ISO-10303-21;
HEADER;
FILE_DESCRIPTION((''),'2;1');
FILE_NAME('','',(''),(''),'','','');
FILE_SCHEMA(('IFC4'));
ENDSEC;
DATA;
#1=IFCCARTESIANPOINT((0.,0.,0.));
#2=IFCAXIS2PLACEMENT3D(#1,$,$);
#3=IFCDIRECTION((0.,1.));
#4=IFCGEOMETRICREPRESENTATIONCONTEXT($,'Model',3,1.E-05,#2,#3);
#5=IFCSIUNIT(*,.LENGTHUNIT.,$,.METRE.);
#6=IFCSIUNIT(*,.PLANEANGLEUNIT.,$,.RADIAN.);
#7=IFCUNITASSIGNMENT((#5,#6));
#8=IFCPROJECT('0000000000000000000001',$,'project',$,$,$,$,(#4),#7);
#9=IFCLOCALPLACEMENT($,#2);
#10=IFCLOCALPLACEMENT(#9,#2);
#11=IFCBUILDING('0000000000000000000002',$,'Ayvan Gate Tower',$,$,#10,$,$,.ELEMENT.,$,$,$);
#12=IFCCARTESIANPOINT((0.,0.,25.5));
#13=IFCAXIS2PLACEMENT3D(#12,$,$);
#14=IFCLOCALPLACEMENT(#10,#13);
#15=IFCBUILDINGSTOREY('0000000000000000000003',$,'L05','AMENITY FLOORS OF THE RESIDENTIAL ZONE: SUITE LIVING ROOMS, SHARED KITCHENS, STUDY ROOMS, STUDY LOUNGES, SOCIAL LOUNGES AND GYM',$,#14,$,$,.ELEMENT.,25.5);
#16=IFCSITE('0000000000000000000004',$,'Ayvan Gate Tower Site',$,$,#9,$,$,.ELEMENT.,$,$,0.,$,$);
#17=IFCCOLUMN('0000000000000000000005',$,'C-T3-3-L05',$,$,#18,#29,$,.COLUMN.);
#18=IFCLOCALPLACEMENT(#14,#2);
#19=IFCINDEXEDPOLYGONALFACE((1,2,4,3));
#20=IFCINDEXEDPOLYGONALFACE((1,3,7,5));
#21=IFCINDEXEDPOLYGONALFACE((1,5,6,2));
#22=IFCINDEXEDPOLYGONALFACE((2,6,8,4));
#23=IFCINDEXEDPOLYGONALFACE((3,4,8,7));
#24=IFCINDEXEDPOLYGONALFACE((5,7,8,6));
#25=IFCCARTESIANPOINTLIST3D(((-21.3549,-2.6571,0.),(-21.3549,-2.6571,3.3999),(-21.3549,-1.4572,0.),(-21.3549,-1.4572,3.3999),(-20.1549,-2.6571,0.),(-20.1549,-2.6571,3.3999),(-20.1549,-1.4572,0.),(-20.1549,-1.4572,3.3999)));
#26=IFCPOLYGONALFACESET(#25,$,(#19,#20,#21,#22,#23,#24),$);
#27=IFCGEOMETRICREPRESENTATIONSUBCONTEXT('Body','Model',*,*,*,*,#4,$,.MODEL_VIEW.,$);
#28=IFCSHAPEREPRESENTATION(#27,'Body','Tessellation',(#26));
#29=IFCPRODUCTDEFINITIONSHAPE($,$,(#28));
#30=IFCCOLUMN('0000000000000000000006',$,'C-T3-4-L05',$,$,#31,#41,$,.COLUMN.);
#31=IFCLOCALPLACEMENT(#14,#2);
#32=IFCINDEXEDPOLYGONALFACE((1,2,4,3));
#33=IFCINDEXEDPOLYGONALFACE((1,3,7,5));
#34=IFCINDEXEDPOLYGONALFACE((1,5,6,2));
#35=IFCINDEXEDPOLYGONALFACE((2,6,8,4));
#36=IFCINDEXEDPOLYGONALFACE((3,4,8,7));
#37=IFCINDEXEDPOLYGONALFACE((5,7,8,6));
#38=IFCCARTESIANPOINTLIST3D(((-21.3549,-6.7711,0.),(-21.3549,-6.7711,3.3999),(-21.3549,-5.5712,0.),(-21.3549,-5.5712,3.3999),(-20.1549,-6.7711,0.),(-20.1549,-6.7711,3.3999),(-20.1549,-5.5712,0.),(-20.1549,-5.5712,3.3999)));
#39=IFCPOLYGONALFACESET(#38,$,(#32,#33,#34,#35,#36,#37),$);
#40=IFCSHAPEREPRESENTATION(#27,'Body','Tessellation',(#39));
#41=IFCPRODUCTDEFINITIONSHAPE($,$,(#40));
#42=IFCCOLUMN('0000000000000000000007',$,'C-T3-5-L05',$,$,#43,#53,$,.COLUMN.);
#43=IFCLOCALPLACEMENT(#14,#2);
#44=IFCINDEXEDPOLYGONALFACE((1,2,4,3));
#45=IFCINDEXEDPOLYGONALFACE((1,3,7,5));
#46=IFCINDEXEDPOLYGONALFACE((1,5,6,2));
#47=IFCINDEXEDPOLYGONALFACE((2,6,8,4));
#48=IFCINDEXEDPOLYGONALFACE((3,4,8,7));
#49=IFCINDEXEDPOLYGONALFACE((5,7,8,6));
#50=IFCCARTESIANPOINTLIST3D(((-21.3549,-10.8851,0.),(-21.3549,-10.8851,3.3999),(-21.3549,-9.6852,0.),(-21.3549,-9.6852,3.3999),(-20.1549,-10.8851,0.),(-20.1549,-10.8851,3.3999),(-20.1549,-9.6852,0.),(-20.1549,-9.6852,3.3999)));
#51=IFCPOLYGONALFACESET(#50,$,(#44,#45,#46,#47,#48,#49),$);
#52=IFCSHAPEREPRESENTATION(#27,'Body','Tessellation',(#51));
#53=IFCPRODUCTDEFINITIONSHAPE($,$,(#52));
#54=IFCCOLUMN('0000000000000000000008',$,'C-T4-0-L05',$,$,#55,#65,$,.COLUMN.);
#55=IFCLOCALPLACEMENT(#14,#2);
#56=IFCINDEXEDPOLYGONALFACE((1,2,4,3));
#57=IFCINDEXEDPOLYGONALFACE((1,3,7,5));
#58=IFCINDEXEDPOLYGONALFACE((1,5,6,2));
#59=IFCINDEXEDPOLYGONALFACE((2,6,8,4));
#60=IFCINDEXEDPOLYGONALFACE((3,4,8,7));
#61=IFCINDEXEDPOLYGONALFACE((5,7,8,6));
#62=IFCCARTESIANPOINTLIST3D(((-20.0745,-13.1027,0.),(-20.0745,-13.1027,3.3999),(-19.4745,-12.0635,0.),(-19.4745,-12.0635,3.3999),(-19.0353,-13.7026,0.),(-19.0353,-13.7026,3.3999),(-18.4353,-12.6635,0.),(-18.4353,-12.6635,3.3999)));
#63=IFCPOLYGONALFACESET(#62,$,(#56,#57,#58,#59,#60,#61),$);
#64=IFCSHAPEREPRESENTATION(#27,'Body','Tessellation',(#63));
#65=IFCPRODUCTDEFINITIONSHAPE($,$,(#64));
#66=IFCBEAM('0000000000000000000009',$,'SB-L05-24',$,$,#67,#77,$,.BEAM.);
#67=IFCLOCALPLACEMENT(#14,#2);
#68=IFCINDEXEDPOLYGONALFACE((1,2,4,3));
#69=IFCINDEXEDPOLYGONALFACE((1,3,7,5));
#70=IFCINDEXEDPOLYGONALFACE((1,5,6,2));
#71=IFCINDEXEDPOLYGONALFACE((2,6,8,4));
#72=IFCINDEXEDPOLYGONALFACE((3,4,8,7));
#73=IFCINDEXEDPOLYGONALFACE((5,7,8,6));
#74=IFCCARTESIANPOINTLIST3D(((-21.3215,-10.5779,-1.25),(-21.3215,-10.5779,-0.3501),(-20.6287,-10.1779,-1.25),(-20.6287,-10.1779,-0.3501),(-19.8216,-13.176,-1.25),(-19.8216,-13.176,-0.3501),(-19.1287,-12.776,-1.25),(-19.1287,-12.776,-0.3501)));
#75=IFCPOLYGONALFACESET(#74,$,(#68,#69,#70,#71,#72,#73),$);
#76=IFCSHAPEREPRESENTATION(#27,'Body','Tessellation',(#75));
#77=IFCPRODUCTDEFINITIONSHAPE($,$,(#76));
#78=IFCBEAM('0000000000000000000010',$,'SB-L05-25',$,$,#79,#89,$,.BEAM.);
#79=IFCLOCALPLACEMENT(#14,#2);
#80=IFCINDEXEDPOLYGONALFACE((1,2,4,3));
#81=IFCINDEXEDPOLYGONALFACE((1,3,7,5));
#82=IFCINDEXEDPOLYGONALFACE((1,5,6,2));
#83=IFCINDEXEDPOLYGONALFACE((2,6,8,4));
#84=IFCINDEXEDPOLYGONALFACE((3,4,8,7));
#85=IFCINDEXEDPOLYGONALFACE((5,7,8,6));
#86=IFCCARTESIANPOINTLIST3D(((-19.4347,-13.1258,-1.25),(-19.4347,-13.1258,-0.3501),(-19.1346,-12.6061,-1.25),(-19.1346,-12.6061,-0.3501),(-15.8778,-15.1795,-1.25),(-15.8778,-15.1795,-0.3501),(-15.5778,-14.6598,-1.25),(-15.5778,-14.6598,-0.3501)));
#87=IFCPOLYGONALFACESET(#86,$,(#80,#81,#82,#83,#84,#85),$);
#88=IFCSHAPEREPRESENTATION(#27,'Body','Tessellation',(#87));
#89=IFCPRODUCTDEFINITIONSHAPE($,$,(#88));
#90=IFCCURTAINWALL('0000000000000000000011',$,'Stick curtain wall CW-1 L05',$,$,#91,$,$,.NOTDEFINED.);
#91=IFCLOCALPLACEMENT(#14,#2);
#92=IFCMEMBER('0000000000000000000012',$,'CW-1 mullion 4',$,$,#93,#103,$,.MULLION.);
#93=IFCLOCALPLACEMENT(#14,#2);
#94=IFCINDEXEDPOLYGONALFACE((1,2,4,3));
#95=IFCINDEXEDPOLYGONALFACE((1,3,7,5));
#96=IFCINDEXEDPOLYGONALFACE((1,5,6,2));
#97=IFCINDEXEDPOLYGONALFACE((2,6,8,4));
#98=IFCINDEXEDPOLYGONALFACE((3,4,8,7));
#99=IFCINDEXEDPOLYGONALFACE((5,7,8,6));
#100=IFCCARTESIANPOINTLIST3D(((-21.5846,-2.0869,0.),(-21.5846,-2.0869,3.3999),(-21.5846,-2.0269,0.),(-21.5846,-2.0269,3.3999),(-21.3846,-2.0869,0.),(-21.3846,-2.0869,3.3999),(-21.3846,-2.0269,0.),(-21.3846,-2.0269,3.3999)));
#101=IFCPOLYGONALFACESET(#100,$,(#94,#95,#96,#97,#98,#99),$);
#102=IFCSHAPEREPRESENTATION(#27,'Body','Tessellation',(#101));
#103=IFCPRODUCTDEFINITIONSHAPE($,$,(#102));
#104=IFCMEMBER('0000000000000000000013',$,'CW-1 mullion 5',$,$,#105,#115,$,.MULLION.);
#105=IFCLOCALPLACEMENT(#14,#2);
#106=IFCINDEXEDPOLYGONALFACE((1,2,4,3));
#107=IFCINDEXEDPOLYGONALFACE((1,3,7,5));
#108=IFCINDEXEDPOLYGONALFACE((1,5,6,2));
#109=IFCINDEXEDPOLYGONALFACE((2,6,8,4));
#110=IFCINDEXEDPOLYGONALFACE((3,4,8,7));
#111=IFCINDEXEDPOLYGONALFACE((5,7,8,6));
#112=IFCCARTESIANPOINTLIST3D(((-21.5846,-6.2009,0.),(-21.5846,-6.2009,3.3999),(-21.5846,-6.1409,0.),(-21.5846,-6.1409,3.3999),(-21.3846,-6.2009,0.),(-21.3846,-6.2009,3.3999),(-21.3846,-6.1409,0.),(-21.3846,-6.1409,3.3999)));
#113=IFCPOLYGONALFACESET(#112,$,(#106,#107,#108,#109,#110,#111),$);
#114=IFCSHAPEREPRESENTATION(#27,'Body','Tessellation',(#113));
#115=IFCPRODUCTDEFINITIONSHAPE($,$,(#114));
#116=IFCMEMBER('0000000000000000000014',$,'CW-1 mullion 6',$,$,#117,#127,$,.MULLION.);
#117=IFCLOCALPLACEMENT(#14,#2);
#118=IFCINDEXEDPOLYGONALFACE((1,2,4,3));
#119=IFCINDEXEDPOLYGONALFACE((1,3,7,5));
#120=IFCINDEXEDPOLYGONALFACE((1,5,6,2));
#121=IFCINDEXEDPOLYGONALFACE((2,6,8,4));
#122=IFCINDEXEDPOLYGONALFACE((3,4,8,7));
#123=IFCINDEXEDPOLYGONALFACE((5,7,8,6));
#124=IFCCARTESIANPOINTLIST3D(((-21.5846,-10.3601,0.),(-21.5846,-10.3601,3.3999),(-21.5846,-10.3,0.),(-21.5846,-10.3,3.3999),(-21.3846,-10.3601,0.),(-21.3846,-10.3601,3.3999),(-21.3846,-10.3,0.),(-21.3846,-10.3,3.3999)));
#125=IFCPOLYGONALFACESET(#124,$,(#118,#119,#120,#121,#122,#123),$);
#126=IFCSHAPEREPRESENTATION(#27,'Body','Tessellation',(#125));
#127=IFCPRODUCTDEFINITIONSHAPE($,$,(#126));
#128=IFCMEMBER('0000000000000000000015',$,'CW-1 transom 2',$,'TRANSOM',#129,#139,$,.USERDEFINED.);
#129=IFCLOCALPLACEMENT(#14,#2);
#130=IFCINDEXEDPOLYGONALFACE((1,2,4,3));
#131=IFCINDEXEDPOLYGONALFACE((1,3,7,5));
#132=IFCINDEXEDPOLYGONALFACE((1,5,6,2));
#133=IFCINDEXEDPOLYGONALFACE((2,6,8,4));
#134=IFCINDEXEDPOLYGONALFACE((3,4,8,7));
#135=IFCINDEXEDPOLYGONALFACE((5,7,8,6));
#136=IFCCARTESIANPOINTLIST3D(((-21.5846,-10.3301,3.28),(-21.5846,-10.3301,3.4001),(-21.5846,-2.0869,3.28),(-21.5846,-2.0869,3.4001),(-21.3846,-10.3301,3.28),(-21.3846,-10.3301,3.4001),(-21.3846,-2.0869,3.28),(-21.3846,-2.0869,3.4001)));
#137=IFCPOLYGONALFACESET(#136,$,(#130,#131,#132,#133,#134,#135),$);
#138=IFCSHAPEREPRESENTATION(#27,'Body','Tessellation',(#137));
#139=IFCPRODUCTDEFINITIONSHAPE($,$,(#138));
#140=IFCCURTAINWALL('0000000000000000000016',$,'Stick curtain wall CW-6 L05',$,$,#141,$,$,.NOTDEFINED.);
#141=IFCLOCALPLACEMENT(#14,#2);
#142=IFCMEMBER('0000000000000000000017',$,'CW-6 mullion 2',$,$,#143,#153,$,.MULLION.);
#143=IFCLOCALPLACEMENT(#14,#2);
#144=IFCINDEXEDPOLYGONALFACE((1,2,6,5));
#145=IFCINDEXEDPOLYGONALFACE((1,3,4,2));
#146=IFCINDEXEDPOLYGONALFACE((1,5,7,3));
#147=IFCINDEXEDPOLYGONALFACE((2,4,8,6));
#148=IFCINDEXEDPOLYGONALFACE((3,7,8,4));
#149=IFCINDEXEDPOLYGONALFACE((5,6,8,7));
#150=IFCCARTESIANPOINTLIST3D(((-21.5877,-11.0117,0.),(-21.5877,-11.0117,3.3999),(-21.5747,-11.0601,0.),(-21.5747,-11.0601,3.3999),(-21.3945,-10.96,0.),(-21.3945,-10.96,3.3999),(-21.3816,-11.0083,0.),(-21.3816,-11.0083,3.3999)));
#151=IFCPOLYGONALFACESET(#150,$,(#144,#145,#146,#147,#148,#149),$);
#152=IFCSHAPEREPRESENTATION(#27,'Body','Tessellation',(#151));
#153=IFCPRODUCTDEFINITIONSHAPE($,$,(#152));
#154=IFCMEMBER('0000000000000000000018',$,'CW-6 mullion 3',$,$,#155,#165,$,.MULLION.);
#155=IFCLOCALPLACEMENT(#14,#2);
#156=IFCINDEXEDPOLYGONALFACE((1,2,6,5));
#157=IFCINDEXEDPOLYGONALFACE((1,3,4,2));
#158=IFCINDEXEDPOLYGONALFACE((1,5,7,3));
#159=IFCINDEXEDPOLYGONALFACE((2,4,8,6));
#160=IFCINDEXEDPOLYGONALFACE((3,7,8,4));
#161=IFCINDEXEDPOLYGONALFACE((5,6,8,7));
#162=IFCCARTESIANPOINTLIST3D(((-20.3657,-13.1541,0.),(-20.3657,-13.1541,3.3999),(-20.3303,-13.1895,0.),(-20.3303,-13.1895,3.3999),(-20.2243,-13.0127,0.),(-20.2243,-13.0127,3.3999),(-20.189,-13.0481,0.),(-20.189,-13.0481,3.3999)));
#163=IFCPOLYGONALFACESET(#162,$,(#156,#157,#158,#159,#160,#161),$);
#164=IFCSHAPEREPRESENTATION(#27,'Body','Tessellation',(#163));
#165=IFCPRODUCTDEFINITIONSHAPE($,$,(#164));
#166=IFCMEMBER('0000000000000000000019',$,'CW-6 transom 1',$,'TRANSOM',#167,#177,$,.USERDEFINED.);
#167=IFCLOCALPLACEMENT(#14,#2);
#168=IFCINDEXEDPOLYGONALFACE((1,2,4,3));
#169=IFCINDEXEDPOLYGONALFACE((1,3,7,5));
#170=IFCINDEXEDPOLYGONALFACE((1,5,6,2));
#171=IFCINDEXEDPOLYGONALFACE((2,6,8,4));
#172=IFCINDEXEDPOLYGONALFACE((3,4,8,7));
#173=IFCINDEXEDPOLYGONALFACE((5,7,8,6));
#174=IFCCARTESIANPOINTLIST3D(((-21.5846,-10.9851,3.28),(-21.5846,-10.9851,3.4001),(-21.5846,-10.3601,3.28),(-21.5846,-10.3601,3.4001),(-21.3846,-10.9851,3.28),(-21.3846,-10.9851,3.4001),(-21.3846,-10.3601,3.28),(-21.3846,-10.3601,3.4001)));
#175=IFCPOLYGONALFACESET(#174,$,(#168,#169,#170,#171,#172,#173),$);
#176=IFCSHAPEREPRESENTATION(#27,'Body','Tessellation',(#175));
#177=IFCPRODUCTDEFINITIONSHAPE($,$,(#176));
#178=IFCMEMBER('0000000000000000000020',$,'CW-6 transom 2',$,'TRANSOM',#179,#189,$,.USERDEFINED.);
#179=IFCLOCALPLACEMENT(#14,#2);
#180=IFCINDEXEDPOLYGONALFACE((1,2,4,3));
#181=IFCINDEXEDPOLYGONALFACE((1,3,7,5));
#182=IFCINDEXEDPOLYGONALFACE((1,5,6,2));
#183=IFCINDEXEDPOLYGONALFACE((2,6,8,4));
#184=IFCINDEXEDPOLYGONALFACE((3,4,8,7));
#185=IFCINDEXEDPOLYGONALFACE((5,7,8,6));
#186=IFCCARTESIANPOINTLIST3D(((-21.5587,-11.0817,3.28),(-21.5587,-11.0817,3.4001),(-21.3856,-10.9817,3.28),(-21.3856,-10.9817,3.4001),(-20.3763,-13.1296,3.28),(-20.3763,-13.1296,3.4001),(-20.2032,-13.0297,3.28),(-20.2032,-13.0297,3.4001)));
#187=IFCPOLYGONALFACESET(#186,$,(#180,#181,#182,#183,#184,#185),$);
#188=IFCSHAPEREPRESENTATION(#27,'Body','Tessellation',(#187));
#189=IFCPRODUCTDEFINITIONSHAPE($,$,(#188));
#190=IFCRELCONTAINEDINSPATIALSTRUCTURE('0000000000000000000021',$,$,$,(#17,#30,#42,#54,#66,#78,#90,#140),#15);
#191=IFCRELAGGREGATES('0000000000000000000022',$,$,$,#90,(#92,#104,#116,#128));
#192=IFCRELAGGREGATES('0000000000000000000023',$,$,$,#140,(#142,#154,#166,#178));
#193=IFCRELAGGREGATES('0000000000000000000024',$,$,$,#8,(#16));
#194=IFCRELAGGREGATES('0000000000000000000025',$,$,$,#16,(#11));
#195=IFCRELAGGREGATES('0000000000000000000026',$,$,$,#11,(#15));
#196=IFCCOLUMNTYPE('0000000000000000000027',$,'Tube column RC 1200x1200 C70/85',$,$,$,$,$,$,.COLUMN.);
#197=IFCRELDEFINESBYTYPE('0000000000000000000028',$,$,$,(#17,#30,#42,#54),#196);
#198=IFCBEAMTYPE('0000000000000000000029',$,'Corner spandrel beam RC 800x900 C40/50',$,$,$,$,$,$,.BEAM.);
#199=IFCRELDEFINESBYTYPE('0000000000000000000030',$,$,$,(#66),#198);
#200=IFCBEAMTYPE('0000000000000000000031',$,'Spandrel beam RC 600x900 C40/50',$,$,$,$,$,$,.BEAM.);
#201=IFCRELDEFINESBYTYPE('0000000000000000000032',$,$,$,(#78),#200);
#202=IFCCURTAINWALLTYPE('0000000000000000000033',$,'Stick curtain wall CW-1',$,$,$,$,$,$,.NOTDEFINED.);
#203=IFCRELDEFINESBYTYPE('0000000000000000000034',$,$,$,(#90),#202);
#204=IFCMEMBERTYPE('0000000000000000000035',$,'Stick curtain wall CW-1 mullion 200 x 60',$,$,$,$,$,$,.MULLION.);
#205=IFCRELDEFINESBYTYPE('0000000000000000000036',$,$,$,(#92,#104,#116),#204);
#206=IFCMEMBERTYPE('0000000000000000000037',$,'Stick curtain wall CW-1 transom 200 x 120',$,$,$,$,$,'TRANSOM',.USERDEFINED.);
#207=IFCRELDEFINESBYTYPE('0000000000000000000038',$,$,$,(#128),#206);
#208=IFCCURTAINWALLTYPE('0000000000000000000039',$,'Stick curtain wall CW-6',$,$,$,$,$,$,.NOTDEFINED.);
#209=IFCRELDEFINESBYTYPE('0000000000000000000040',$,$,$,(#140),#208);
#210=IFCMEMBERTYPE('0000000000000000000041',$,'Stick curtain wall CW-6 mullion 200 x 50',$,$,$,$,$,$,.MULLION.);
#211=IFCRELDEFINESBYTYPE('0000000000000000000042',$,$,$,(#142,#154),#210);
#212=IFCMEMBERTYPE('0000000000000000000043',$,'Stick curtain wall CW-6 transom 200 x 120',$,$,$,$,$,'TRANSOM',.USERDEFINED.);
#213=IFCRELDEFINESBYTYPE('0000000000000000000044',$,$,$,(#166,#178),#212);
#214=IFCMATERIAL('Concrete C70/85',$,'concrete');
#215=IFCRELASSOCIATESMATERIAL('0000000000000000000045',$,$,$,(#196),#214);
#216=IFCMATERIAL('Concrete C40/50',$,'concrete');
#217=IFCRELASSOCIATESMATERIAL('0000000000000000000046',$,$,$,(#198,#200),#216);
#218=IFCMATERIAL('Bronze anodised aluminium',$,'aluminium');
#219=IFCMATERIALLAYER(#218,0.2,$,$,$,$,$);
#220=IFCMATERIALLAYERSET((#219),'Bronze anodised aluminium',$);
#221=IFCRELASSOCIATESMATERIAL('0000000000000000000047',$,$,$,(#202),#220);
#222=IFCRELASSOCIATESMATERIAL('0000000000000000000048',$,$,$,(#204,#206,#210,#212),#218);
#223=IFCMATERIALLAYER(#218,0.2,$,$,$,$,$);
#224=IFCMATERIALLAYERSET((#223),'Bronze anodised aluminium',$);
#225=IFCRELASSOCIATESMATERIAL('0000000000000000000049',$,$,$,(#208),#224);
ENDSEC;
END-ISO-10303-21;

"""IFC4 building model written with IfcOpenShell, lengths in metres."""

from ifc_helpers import new_model, si_unit, direction, frame, origin, origin_2d, place, context, subcontext, project, spatial, rectangle, extrude, material, layer, layer_set, material_profile, profile_set, type_object, element, aggregate, save


model = new_model("IFC4")

# Units and contexts
model_context = context("Model", 3, precision=1e-05, world=origin(), true_north=direction((0.0, 1.0)))
body_context = subcontext(model_context, "Body", "Model", "MODEL_VIEW")
ifc_project = project(units=[si_unit("LENGTHUNIT", "METRE"), si_unit("PLANEANGLEUNIT", "RADIAN")], contexts=[model_context])

# Site, building, storey
site_placement = place(None, origin())
site = spatial("IfcSite", under=ifc_project, at=site_placement, Name="Ayvan Gate Tower Site", CompositionType="ELEMENT", RefElevation=0.0)
building_placement = place(site_placement, origin())
building = spatial("IfcBuilding", under=site, at=building_placement, Name="Ayvan Gate Tower", CompositionType="ELEMENT")
storey_placement = place(building_placement, frame((0.0, 0.0, 25.5)))
storey = spatial("IfcBuildingStorey", under=building, at=storey_placement, Name="L05", Description="AMENITY FLOORS OF THE RESIDENTIAL ZONE: SUITE LIVING ROOMS, SHARED KITCHENS, STUDY ROOMS, STUDY LOUNGES, SOCIAL LOUNGES AND GYM", CompositionType="ELEMENT", Elevation=25.5)

# Columns
ifc_material_1 = material(Name="Concrete C70/85", Category="concrete")
ifc_material_profile_1 = material_profile(ifc_material_1, rectangle(XDim=1.2, YDim=1.2, at=origin_2d()), Name="RC 1200x1200")
ifc_profile_set_1 = profile_set([ifc_material_profile_1], Name="Concrete C70/85")
column_type = type_object("IfcColumnType", Name="Tube column RC 1200x1200 C70/85", PredefinedType="COLUMN", material=ifc_profile_set_1)
for number, where, z_axis, x_axis, name in (
    (1, (-20.7549, -2.0571, 0.0), (0.0, 0.0, 1.0), (-1.0, 0.0, 0.0), "C-T3-3-L05"),
    (2, (-20.7549, -6.1711, 0.0), (0.0, 0.0, 1.0), (-1.0, 0.0, 0.0), "C-T3-4-L05"),
    (3, (-20.7549, -10.2852, 0.0), (0.0, 0.0, 1.0), (-1.0, 0.0, 0.0), "C-T3-5-L05"),
    (4, (-19.2549, -12.8831, 0.0), (0.0, 0.0, 1.0), (-0.5, -0.866025, 0.0), "C-T4-0-L05"),
):
    element("IfcColumn", number, at=place(storey_placement, frame(where, z_axis=z_axis, x_axis=x_axis)), inside=storey, type_object=column_type, Name=name, PredefinedType="COLUMN", context=body_context, shape_type="SweptSolid", body=[
        extrude(rectangle(XDim=1.2, YDim=1.2, at=origin_2d()), origin(), (0.0, 0.0, 1.0), 3.3999),
    ])

# Beams
ifc_material_2 = material(Name="Concrete C40/50", Category="concrete")
ifc_material_profile_2 = material_profile(ifc_material_2, rectangle(XDim=0.8, YDim=0.8999, at=origin_2d()), Name="RC 800x900")
ifc_profile_set_2 = profile_set([ifc_material_profile_2], Name="Concrete C40/50")
beam_type_1 = type_object("IfcBeamType", Name="Corner spandrel beam RC 800x900 C40/50", PredefinedType="BEAM", material=ifc_profile_set_2)
beam_1_placement = place(storey_placement, frame((-20.9751, -10.3779, -0.8), z_axis=(0.49999, -0.866031, 0.0), x_axis=(0.866031, 0.49999, 0.0)))
element("IfcBeam", 5, at=beam_1_placement, inside=storey, type_object=beam_type_1, Name="SB-L05-24", PredefinedType="BEAM", context=body_context, shape_type="SweptSolid", body=[
    extrude(rectangle(XDim=0.8, YDim=0.8999, at=origin_2d()), origin(), (0.0, 0.0, 1.0), 3.0),
])
ifc_material_profile_3 = material_profile(ifc_material_2, rectangle(XDim=0.6001, YDim=0.8999, at=origin_2d()), Name="RC 600x900")
ifc_profile_set_3 = profile_set([ifc_material_profile_3], Name="Concrete C40/50")
beam_type_2 = type_object("IfcBeamType", Name="Spandrel beam RC 600x900 C40/50", PredefinedType="BEAM", material=ifc_profile_set_3)
beam_2_placement = place(storey_placement, frame((-19.2847, -12.866, -0.8), z_axis=(0.86601, -0.500026, 0.0), x_axis=(0.500026, 0.86601, 0.0)))
element("IfcBeam", 6, at=beam_2_placement, inside=storey, type_object=beam_type_2, Name="SB-L05-25", PredefinedType="BEAM", context=body_context, shape_type="SweptSolid", body=[
    extrude(rectangle(XDim=0.6001, YDim=0.8999, at=origin_2d()), origin(), (0.0, 0.0, 1.0), 4.1072),
])

# Curtain walls, members
ifc_material_3 = material(Name="Bronze anodised aluminium", Category="aluminium")
ifc_layer_1 = layer(ifc_material_3, 0.2)
ifc_layer_set_1 = layer_set([ifc_layer_1], Name="Bronze anodised aluminium")
curtain_wall_type_1 = type_object("IfcCurtainWallType", Name="Stick curtain wall CW-1", PredefinedType="NOTDEFINED", material=ifc_layer_set_1)
curtain_wall_1_placement = place(storey_placement, origin())
curtain_wall_1 = element("IfcCurtainWall", 7, at=curtain_wall_1_placement, inside=storey, type_object=curtain_wall_type_1, Name="Stick curtain wall CW-1 L05", PredefinedType="NOTDEFINED")
ifc_material_profile_4 = material_profile(ifc_material_3, rectangle(XDim=0.2, YDim=0.0601, at=origin_2d()), Name="Stick curtain wall CW-1 mullion 200 x 60")
ifc_profile_set_4 = profile_set([ifc_material_profile_4], Name="Bronze anodised aluminium")
member_type_1 = type_object("IfcMemberType", Name="Stick curtain wall CW-1 mullion 200 x 60", PredefinedType="MULLION", material=ifc_profile_set_4)
member_1_placement = place(storey_placement, frame((-21.4846, -2.0569, 0.0), z_axis=(0.0, 0.0, 1.0), x_axis=(-1.0, 0.0, 0.0)))
member_1 = element("IfcMember", 8, at=member_1_placement, type_object=member_type_1, Name="CW-1 mullion 4", PredefinedType="MULLION", context=body_context, shape_type="SweptSolid", body=[
    extrude(rectangle(XDim=0.2, YDim=0.0601, at=origin_2d()), origin(), (0.0, 0.0, 1.0), 3.3999),
])
member_2_placement = place(storey_placement, frame((-21.4846, -6.1709, 0.0), z_axis=(0.0, 0.0, 1.0), x_axis=(-1.0, 0.0, 0.0)))
member_2 = element("IfcMember", 9, at=member_2_placement, type_object=member_type_1, Name="CW-1 mullion 5", PredefinedType="MULLION", context=body_context, shape_type="SweptSolid", body=[
    extrude(rectangle(XDim=0.2, YDim=0.0601, at=origin_2d()), origin(), (0.0, 0.0, 1.0), 3.3999),
])
member_3_placement = place(storey_placement, frame((-21.4846, -10.3301, 0.0), z_axis=(0.0, 0.0, 1.0), x_axis=(-1.0, 0.0, 0.0)))
member_3 = element("IfcMember", 10, at=member_3_placement, type_object=member_type_1, Name="CW-1 mullion 6", PredefinedType="MULLION", context=body_context, shape_type="SweptSolid", body=[
    extrude(rectangle(XDim=0.2, YDim=0.0601, at=origin_2d()), origin(), (0.0, 0.0, 1.0), 3.3999),
])
ifc_material_profile_5 = material_profile(ifc_material_3, rectangle(XDim=0.2, YDim=0.1201, at=origin_2d()), Name="Stick curtain wall CW-1 transom 200 x 120")
ifc_profile_set_5 = profile_set([ifc_material_profile_5], Name="Bronze anodised aluminium")
member_type_2 = type_object("IfcMemberType", Name="Stick curtain wall CW-1 transom 200 x 120", ElementType="TRANSOM", PredefinedType="USERDEFINED", material=ifc_profile_set_5)
member_4_placement = place(storey_placement, frame((-21.4846, -2.0869, 3.3401), z_axis=(0.0, -1.0, 0.0), x_axis=(1.0, 0.0, 0.0)))
member_4 = element("IfcMember", 11, at=member_4_placement, type_object=member_type_2, Name="CW-1 transom 2", ObjectType="TRANSOM", PredefinedType="USERDEFINED", context=body_context, shape_type="SweptSolid", body=[
    extrude(rectangle(XDim=0.2, YDim=0.1201, at=origin_2d()), origin(), (0.0, 0.0, 1.0), 8.2432),
])
ifc_layer_2 = layer(ifc_material_3, 0.2)
ifc_layer_set_2 = layer_set([ifc_layer_2], Name="Bronze anodised aluminium")
curtain_wall_type_2 = type_object("IfcCurtainWallType", Name="Stick curtain wall CW-6", PredefinedType="NOTDEFINED", material=ifc_layer_set_2)
curtain_wall_2_placement = place(storey_placement, origin())
curtain_wall_2 = element("IfcCurtainWall", 12, at=curtain_wall_2_placement, inside=storey, type_object=curtain_wall_type_2, Name="Stick curtain wall CW-6 L05", PredefinedType="NOTDEFINED")
ifc_material_profile_6 = material_profile(ifc_material_3, rectangle(XDim=0.2, YDim=0.05, at=origin_2d()), Name="Stick curtain wall CW-6 mullion 200 x 50")
ifc_profile_set_6 = profile_set([ifc_material_profile_6], Name="Bronze anodised aluminium")
member_type_3 = type_object("IfcMemberType", Name="Stick curtain wall CW-6 mullion 200 x 50", PredefinedType="MULLION", material=ifc_profile_set_6)
member_5_placement = place(storey_placement, frame((-21.4846, -11.01, 0.0), z_axis=(0.0, 0.0, 1.0), x_axis=(-0.965926, -0.258819, 0.0)))
member_5 = element("IfcMember", 13, at=member_5_placement, type_object=member_type_3, Name="CW-6 mullion 2", PredefinedType="MULLION", context=body_context, shape_type="SweptSolid", body=[
    extrude(rectangle(XDim=0.2, YDim=0.05, at=origin_2d()), origin(), (0.0, 0.0, 1.0), 3.3999),
])
member_6_placement = place(storey_placement, frame((-20.2773, -13.1011, 0.0), z_axis=(0.0, 0.0, 1.0), x_axis=(-0.707107, -0.707107, 0.0)))
member_6 = element("IfcMember", 14, at=member_6_placement, type_object=member_type_3, Name="CW-6 mullion 3", PredefinedType="MULLION", context=body_context, shape_type="SweptSolid", body=[
    extrude(rectangle(XDim=0.2, YDim=0.05, at=origin_2d()), origin(), (0.0, 0.0, 1.0), 3.3999),
])
ifc_material_profile_7 = material_profile(ifc_material_3, rectangle(XDim=0.2, YDim=0.1201, at=origin_2d()), Name="Stick curtain wall CW-6 transom 200 x 120")
ifc_profile_set_7 = profile_set([ifc_material_profile_7], Name="Bronze anodised aluminium")
member_type_4 = type_object("IfcMemberType", Name="Stick curtain wall CW-6 transom 200 x 120", ElementType="TRANSOM", PredefinedType="USERDEFINED", material=ifc_profile_set_7)
member_7_placement = place(storey_placement, frame((-21.4846, -10.3601, 3.3401), z_axis=(0.0, -1.0, 0.0), x_axis=(1.0, 0.0, 0.0)))
member_7 = element("IfcMember", 15, at=member_7_placement, type_object=member_type_4, Name="CW-6 transom 1", ObjectType="TRANSOM", PredefinedType="USERDEFINED", context=body_context, shape_type="SweptSolid", body=[
    extrude(rectangle(XDim=0.2, YDim=0.1201, at=origin_2d()), origin(), (0.0, 0.0, 1.0), 0.625),
])
member_8_placement = place(storey_placement, frame((-21.4722, -11.0317, 3.3401), z_axis=(0.500014, -0.866017, 0.0), x_axis=(0.866017, 0.500014, 0.0)))
member_8 = element("IfcMember", 16, at=member_8_placement, type_object=member_type_4, Name="CW-6 transom 2", ObjectType="TRANSOM", PredefinedType="USERDEFINED", context=body_context, shape_type="SweptSolid", body=[
    extrude(rectangle(XDim=0.2, YDim=0.1201, at=origin_2d()), origin(), (0.0, 0.0, 1.0), 2.3647),
])

aggregate(curtain_wall_1, [member_1, member_2, member_3, member_4])
aggregate(curtain_wall_2, [member_5, member_6, member_7, member_8])

save(model, "model.ifc")
